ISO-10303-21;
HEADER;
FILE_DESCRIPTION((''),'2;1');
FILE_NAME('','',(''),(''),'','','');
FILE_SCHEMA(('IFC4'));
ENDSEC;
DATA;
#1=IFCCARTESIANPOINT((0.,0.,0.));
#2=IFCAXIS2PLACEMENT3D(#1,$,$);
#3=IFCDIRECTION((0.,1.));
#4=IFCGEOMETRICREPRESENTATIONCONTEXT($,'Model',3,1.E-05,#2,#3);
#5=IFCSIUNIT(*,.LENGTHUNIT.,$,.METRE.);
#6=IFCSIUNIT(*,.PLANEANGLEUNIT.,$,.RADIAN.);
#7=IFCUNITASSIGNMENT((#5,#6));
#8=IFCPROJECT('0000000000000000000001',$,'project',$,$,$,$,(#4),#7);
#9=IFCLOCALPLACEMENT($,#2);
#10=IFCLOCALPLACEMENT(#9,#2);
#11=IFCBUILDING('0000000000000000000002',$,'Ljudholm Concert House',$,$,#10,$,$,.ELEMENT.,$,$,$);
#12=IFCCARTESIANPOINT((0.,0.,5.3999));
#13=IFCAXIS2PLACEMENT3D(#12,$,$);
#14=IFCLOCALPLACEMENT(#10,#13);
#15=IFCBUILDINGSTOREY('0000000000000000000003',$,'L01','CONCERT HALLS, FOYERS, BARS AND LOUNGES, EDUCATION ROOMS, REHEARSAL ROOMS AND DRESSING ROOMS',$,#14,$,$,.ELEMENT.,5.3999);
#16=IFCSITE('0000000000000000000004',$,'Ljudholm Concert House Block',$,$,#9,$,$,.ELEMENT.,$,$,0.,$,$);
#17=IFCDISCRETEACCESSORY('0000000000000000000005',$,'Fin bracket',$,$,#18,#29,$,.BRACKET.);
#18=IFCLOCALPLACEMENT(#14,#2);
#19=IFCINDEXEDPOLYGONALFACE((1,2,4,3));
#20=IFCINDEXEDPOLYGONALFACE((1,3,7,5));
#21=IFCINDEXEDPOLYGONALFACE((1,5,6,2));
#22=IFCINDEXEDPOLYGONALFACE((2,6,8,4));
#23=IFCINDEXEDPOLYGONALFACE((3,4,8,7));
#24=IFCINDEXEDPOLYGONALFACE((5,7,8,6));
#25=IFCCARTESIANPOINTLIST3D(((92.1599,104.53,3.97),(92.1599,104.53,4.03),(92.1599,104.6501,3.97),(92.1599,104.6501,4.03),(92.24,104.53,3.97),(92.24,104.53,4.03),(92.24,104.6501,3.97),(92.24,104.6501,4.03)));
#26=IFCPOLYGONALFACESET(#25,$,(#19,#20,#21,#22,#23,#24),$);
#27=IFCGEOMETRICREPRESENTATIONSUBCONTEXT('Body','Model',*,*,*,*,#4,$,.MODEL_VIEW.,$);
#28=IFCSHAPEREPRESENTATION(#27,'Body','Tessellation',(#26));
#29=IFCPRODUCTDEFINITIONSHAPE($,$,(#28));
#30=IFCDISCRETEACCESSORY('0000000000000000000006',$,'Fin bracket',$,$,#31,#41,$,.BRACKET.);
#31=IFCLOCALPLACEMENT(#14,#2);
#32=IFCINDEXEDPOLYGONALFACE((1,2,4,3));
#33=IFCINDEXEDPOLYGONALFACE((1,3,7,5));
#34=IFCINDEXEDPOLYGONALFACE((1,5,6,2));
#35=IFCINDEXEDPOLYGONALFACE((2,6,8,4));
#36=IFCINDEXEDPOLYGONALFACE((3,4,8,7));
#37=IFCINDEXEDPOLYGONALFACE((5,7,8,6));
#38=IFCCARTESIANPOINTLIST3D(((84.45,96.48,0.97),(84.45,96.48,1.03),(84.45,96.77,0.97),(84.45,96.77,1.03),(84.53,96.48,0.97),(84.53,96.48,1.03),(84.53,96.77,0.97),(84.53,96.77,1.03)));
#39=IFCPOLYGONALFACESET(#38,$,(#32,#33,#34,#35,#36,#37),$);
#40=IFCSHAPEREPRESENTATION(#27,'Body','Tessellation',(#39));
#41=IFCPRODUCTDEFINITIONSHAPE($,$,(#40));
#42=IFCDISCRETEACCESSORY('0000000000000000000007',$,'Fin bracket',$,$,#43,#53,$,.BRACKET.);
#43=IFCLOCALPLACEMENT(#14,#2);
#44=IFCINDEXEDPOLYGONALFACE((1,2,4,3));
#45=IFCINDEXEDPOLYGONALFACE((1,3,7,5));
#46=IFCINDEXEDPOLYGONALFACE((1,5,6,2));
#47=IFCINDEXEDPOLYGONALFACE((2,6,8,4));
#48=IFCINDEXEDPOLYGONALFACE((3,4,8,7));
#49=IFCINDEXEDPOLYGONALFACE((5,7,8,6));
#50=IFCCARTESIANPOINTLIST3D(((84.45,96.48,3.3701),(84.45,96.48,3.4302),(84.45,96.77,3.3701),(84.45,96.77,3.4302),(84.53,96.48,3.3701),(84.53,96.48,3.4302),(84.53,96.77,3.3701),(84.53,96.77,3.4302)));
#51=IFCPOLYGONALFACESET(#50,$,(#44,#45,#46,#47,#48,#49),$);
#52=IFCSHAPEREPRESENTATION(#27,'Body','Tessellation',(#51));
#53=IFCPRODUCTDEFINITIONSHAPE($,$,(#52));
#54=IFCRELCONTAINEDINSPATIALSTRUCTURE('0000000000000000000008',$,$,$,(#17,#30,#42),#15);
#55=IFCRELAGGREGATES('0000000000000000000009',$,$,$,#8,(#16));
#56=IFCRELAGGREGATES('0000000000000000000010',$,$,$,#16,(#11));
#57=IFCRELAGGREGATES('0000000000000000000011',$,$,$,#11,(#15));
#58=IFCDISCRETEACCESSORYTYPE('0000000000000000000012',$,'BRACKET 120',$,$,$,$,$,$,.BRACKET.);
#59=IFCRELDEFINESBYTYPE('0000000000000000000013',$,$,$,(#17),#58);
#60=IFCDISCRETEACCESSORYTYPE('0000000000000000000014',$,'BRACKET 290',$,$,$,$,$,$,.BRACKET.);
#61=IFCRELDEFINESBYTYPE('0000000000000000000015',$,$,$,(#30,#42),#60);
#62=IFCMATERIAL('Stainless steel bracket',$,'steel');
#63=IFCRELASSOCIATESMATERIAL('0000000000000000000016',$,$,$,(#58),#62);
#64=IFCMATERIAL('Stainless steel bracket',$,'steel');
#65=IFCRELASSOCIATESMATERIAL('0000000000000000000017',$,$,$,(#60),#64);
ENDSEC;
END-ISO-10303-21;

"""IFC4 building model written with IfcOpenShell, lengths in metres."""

from ifc_helpers import new_model, si_unit, direction, frame, origin, origin_2d, place, context, subcontext, project, spatial, rectangle, extrude, material, type_object, element, save


model = new_model("IFC4")

# Units and contexts
model_context = context("Model", 3, precision=1e-05, world=origin(), true_north=direction((0.0, 1.0)))
body_context = subcontext(model_context, "Body", "Model", "MODEL_VIEW")
ifc_project = project(units=[si_unit("LENGTHUNIT", "METRE"), si_unit("PLANEANGLEUNIT", "RADIAN")], contexts=[model_context])

# Site, building, storey
site_placement = place(None, origin())
site = spatial("IfcSite", under=ifc_project, at=site_placement, Name="Ljudholm Concert House Block", CompositionType="ELEMENT", RefElevation=0.0)
building_placement = place(site_placement, origin())
building = spatial("IfcBuilding", under=site, at=building_placement, Name="Ljudholm Concert House", CompositionType="ELEMENT")
storey_placement = place(building_placement, frame((0.0, 0.0, 5.3999)))
storey = spatial("IfcBuildingStorey", under=building, at=storey_placement, Name="L01", Description="CONCERT HALLS, FOYERS, BARS AND LOUNGES, EDUCATION ROOMS, REHEARSAL ROOMS AND DRESSING ROOMS", CompositionType="ELEMENT", Elevation=5.3999)

# Discrete accessories
ifc_material_1 = material(Name="Stainless steel bracket", Category="steel")
discrete_accessory_type_1 = type_object("IfcDiscreteAccessoryType", Name="BRACKET 120", PredefinedType="BRACKET", material=ifc_material_1)
for number, where, z_axis, x_axis, name in (
    (1, (92.2, 104.5901, 3.97), (0.0, 0.0, 1.0), (0.0, -1.0, 0.0), "Fin bracket"),
):
    element("IfcDiscreteAccessory", number, at=place(storey_placement, frame(where, z_axis=z_axis, x_axis=x_axis)), inside=storey, type_object=discrete_accessory_type_1, Name=name, PredefinedType="BRACKET", context=body_context, shape_type="SweptSolid", body=[
        extrude(rectangle(XDim=0.1201, YDim=0.0801, at=origin_2d()), origin(), (0.0, 0.0, 1.0), 0.0601),
    ])
ifc_material_2 = material(Name="Stainless steel bracket", Category="steel")
discrete_accessory_type_2 = type_object("IfcDiscreteAccessoryType", Name="BRACKET 290", PredefinedType="BRACKET", material=ifc_material_2)
for number, where, z_axis, x_axis, name in (
    (2, (84.49, 96.625, 0.97), (0.0, 0.0, 1.0), (0.0, 1.0, 0.0), "Fin bracket"),
    (3, (84.49, 96.625, 3.3701), (0.0, 0.0, 1.0), (0.0, 1.0, 0.0), "Fin bracket"),
):
    element("IfcDiscreteAccessory", number, at=place(storey_placement, frame(where, z_axis=z_axis, x_axis=x_axis)), inside=storey, type_object=discrete_accessory_type_2, Name=name, PredefinedType="BRACKET", context=body_context, shape_type="SweptSolid", body=[
        extrude(rectangle(XDim=0.29, YDim=0.0801, at=origin_2d()), origin(), (0.0, 0.0, 1.0), 0.0601),
    ])

save(model, "model.ifc")
